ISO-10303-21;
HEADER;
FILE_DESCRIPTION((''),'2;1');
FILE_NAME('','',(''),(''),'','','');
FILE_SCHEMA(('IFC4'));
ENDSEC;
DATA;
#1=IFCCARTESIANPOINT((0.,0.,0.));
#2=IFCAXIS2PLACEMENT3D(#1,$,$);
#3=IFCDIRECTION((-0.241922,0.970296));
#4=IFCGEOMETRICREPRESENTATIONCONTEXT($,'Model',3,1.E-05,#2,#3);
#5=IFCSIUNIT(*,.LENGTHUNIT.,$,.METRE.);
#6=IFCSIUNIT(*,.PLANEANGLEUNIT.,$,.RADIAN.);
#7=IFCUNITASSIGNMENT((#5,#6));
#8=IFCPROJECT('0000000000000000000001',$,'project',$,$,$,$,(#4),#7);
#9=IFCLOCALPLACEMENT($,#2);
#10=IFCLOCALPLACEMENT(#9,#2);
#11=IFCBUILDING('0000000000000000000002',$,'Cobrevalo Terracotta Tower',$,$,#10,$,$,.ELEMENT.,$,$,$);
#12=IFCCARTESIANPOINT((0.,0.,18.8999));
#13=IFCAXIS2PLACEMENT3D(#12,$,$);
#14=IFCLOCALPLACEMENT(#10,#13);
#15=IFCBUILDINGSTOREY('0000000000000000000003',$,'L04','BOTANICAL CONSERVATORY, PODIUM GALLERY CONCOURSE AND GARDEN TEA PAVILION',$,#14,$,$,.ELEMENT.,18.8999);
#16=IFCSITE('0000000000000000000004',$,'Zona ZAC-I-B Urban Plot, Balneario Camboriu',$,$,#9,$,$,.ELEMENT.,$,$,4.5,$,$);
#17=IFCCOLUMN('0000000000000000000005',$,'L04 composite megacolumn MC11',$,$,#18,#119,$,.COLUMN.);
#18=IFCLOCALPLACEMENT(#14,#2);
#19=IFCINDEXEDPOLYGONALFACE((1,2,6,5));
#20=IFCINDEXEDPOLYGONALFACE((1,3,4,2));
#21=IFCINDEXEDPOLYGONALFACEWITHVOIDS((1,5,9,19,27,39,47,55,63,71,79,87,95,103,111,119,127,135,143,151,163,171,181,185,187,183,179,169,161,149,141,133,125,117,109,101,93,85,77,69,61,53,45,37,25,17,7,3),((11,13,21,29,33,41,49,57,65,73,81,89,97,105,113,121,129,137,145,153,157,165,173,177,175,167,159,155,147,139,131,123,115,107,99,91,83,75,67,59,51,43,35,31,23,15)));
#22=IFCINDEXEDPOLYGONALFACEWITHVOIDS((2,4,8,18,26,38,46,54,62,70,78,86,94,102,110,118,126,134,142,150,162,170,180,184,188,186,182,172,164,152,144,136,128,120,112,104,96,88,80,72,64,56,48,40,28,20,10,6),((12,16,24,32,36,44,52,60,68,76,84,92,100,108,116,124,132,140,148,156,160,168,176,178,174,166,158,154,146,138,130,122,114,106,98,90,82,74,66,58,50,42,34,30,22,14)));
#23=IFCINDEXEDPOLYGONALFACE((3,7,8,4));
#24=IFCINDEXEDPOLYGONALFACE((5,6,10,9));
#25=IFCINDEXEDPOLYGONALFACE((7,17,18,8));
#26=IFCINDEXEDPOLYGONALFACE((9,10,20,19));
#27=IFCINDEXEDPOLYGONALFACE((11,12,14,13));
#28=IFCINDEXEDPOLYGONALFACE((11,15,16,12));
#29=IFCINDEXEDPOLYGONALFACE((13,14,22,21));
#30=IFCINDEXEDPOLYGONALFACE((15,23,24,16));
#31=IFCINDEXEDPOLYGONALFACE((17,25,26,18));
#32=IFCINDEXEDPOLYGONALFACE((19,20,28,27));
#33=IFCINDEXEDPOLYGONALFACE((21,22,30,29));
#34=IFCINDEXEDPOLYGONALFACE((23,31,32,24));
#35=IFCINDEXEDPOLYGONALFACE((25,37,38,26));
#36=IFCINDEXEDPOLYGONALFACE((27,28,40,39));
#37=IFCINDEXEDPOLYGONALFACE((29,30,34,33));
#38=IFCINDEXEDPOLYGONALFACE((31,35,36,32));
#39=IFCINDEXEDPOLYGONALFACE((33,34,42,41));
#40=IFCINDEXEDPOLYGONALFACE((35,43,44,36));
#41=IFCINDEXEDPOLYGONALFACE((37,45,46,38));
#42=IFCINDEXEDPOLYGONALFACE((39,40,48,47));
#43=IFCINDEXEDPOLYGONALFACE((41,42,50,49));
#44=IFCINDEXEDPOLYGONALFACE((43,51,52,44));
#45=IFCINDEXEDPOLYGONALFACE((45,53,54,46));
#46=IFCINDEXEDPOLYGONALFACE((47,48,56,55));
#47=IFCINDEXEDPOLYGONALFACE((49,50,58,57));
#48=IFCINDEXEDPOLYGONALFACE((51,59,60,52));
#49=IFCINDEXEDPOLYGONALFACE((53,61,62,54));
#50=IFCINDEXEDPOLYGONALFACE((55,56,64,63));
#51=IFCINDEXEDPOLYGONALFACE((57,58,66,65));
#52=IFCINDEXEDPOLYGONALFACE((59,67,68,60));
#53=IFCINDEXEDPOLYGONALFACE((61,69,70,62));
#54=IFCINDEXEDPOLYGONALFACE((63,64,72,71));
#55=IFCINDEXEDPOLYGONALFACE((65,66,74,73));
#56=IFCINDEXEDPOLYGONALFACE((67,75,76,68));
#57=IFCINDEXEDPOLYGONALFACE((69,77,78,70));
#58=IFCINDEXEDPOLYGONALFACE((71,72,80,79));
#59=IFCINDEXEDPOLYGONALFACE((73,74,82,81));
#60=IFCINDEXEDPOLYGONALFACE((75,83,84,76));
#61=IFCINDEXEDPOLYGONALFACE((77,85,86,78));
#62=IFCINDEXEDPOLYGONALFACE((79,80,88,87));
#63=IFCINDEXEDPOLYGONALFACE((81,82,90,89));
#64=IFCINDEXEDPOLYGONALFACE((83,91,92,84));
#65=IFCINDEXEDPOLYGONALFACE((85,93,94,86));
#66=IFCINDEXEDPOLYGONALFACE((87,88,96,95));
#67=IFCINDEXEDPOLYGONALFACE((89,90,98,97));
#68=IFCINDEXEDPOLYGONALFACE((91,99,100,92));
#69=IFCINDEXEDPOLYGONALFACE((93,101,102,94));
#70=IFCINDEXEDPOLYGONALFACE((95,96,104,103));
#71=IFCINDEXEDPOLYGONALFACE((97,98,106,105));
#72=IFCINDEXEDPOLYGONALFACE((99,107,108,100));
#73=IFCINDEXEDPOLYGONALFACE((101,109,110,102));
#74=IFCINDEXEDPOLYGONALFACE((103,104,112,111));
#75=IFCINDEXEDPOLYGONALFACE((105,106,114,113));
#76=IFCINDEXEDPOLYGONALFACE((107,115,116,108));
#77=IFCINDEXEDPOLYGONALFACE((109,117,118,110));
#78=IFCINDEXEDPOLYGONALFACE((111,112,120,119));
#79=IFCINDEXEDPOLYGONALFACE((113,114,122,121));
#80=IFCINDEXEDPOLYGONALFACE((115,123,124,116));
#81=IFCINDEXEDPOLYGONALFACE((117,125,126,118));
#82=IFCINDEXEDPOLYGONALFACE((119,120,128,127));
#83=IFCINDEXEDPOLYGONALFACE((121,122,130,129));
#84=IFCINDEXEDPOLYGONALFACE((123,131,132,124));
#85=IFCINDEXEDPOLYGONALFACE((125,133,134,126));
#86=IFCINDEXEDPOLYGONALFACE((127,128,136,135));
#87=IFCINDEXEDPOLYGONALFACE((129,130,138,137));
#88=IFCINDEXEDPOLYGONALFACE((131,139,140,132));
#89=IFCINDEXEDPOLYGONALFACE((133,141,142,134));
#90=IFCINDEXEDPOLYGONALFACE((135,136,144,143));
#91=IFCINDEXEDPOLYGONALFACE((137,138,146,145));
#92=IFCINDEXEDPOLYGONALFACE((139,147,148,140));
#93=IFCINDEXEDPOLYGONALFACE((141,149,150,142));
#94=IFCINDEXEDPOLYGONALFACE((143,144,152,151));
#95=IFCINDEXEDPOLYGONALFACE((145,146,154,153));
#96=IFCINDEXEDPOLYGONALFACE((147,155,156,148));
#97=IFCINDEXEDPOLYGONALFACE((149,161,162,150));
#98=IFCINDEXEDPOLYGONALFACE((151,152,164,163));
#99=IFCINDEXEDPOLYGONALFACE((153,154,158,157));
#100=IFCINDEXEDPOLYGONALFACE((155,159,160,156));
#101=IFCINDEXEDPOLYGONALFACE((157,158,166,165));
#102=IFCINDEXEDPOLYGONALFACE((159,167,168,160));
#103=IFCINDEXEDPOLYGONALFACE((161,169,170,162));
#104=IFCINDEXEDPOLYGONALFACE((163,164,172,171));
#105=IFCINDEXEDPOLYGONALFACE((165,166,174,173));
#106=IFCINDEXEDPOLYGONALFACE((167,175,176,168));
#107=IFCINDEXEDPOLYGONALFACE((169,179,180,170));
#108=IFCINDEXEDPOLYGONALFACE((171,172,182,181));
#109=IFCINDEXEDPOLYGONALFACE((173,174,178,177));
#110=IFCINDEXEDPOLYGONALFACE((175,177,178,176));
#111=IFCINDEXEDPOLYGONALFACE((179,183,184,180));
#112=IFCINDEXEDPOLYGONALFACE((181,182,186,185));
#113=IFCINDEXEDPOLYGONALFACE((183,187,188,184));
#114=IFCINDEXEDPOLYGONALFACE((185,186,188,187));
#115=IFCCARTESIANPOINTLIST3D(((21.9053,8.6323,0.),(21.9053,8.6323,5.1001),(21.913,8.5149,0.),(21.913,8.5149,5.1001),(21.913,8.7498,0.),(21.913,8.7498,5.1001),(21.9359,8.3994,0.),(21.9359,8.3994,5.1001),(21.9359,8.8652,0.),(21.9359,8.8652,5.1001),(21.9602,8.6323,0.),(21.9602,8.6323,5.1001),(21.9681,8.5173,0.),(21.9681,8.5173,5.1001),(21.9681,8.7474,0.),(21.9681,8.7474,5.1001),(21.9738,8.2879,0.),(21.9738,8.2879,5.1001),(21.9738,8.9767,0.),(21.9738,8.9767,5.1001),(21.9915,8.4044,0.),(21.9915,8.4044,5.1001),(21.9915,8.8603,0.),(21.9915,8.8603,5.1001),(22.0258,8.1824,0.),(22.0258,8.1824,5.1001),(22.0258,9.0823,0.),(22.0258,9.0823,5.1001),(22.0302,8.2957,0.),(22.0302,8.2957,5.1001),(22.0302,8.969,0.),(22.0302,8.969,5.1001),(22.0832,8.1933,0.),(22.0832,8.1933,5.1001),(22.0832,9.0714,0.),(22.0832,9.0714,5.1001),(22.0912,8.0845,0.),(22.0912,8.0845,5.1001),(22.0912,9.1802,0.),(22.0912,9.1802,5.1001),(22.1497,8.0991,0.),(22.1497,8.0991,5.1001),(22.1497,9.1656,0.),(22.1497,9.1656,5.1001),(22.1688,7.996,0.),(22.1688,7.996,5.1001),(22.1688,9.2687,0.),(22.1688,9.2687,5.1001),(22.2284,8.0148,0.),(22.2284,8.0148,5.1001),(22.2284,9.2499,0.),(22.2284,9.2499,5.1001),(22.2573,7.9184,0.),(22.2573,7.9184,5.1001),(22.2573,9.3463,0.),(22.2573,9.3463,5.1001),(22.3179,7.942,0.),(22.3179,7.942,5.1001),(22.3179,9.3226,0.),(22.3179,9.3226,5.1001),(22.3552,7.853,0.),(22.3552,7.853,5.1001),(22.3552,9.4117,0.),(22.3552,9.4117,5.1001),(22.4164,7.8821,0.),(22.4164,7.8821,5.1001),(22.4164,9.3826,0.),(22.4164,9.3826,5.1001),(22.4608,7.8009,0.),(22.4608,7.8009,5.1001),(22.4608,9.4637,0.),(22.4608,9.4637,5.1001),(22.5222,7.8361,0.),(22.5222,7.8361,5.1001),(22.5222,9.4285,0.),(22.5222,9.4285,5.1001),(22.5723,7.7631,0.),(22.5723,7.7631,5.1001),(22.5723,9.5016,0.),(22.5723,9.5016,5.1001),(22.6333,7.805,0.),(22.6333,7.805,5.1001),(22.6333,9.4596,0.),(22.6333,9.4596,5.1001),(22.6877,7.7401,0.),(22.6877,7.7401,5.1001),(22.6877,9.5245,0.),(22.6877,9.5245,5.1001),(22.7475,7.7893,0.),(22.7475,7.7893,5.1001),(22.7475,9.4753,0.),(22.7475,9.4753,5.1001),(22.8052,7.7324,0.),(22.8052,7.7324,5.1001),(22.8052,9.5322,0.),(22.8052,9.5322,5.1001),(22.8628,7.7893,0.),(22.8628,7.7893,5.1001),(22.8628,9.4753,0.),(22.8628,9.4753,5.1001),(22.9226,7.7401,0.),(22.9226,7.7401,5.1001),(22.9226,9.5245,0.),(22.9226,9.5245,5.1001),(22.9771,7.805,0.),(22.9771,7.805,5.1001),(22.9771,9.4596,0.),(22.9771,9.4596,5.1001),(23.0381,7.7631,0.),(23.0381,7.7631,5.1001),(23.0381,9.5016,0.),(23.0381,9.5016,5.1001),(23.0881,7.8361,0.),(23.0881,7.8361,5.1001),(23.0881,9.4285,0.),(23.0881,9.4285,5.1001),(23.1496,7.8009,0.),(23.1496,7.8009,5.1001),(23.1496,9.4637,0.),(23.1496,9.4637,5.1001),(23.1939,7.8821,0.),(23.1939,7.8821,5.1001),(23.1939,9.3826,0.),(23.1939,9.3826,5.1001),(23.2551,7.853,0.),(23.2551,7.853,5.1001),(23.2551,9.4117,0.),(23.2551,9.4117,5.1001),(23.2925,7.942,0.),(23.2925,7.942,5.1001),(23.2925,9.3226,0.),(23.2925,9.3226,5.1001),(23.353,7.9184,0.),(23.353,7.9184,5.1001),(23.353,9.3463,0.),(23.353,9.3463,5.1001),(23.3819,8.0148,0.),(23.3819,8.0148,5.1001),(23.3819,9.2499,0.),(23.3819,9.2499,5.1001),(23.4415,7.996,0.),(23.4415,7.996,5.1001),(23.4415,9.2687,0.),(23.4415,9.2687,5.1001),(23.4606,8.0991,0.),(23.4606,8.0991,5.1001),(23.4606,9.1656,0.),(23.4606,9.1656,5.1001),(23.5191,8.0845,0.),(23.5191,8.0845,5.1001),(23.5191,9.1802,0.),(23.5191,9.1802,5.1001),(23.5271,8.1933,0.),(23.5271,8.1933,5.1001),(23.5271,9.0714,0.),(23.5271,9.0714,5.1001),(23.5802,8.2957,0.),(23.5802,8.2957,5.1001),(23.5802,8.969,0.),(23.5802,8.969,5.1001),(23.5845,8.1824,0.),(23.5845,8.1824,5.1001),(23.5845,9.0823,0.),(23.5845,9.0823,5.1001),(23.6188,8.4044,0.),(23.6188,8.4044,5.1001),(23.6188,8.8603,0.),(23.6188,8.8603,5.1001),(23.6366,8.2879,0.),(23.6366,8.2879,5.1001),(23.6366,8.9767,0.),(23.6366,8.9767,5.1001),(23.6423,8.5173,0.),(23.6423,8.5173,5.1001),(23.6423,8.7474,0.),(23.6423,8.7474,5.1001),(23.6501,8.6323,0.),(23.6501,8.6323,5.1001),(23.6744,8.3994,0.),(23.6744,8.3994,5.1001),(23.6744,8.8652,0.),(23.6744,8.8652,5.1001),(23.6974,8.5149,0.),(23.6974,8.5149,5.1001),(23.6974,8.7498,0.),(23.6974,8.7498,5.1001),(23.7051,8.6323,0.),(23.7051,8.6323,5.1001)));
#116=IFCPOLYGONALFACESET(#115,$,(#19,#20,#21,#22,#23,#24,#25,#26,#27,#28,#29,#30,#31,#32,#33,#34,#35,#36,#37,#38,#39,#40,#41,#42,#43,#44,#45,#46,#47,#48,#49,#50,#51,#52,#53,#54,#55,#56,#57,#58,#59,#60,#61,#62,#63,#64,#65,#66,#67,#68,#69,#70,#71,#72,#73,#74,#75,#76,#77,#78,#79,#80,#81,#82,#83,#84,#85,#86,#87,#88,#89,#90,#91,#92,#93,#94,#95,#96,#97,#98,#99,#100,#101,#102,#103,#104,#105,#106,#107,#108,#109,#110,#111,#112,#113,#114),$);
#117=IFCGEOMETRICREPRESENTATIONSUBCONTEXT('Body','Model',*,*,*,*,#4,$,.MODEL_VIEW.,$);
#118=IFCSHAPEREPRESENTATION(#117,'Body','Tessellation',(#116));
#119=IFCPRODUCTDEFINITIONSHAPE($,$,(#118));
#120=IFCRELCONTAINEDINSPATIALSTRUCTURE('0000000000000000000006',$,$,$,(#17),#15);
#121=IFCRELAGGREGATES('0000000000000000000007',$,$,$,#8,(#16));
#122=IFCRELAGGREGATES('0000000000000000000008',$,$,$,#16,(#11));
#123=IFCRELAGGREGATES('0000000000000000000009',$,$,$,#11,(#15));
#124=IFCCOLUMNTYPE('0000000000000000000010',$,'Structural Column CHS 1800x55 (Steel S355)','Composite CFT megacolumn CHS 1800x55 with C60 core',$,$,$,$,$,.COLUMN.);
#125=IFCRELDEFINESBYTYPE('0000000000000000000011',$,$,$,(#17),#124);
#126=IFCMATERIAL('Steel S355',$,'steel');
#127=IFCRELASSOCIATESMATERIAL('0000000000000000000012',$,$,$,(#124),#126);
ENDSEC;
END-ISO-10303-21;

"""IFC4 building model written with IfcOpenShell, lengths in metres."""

from ifc_helpers import new_model, si_unit, direction, frame, origin, origin_2d, place, context, subcontext, project, spatial, hollow_circle, extrude, material, material_profile, profile_set, type_object, element, save


model = new_model("IFC4")

# Units and contexts
model_context = context("Model", 3, precision=1e-05, world=origin(), true_north=direction((-0.241922, 0.970296)))
body_context = subcontext(model_context, "Body", "Model", "MODEL_VIEW")
ifc_project = project(units=[si_unit("LENGTHUNIT", "METRE"), si_unit("PLANEANGLEUNIT", "RADIAN")], contexts=[model_context])

# Site, building, storey
site_placement = place(None, origin())
site = spatial("IfcSite", under=ifc_project, at=site_placement, Name="Zona ZAC-I-B Urban Plot, Balneario Camboriu", CompositionType="ELEMENT", RefElevation=4.5)
building_placement = place(site_placement, origin())
building = spatial("IfcBuilding", under=site, at=building_placement, Name="Cobrevalo Terracotta Tower", CompositionType="ELEMENT")
storey_placement = place(building_placement, frame((0.0, 0.0, 18.8999)))
storey = spatial("IfcBuildingStorey", under=building, at=storey_placement, Name="L04", Description="BOTANICAL CONSERVATORY, PODIUM GALLERY CONCOURSE AND GARDEN TEA PAVILION", CompositionType="ELEMENT", Elevation=18.8999)

# Column
ifc_material_1 = material(Name="Steel S355", Category="steel")
ifc_material_profile_1 = material_profile(ifc_material_1, hollow_circle(Radius=0.8999, WallThickness=0.0549, at=origin_2d()), Name="CHS 1800x55")
ifc_profile_set_1 = profile_set([ifc_material_profile_1], Name="Steel S355")
column_type = type_object("IfcColumnType", Name="Structural Column CHS 1800x55 (Steel S355)", Description="Composite CFT megacolumn CHS 1800x55 with C60 core", PredefinedType="COLUMN", material=ifc_profile_set_1)
for number, where, z_axis, x_axis, name in (
    (1, (22.8052, 8.6323, 0.0), (0.0, 0.0, 1.0), (1.0, 0.0, 0.0), "L04 composite megacolumn MC11"),
):
    element("IfcColumn", number, at=place(storey_placement, frame(where, z_axis=z_axis, x_axis=x_axis)), inside=storey, type_object=column_type, Name=name, PredefinedType="COLUMN", context=body_context, shape_type="SweptSolid", body=[
        extrude(hollow_circle(Radius=0.8999, WallThickness=0.0549, at=origin_2d()), origin(), (0.0, 0.0, 1.0), 5.1001),
    ])

save(model, "model.ifc")
